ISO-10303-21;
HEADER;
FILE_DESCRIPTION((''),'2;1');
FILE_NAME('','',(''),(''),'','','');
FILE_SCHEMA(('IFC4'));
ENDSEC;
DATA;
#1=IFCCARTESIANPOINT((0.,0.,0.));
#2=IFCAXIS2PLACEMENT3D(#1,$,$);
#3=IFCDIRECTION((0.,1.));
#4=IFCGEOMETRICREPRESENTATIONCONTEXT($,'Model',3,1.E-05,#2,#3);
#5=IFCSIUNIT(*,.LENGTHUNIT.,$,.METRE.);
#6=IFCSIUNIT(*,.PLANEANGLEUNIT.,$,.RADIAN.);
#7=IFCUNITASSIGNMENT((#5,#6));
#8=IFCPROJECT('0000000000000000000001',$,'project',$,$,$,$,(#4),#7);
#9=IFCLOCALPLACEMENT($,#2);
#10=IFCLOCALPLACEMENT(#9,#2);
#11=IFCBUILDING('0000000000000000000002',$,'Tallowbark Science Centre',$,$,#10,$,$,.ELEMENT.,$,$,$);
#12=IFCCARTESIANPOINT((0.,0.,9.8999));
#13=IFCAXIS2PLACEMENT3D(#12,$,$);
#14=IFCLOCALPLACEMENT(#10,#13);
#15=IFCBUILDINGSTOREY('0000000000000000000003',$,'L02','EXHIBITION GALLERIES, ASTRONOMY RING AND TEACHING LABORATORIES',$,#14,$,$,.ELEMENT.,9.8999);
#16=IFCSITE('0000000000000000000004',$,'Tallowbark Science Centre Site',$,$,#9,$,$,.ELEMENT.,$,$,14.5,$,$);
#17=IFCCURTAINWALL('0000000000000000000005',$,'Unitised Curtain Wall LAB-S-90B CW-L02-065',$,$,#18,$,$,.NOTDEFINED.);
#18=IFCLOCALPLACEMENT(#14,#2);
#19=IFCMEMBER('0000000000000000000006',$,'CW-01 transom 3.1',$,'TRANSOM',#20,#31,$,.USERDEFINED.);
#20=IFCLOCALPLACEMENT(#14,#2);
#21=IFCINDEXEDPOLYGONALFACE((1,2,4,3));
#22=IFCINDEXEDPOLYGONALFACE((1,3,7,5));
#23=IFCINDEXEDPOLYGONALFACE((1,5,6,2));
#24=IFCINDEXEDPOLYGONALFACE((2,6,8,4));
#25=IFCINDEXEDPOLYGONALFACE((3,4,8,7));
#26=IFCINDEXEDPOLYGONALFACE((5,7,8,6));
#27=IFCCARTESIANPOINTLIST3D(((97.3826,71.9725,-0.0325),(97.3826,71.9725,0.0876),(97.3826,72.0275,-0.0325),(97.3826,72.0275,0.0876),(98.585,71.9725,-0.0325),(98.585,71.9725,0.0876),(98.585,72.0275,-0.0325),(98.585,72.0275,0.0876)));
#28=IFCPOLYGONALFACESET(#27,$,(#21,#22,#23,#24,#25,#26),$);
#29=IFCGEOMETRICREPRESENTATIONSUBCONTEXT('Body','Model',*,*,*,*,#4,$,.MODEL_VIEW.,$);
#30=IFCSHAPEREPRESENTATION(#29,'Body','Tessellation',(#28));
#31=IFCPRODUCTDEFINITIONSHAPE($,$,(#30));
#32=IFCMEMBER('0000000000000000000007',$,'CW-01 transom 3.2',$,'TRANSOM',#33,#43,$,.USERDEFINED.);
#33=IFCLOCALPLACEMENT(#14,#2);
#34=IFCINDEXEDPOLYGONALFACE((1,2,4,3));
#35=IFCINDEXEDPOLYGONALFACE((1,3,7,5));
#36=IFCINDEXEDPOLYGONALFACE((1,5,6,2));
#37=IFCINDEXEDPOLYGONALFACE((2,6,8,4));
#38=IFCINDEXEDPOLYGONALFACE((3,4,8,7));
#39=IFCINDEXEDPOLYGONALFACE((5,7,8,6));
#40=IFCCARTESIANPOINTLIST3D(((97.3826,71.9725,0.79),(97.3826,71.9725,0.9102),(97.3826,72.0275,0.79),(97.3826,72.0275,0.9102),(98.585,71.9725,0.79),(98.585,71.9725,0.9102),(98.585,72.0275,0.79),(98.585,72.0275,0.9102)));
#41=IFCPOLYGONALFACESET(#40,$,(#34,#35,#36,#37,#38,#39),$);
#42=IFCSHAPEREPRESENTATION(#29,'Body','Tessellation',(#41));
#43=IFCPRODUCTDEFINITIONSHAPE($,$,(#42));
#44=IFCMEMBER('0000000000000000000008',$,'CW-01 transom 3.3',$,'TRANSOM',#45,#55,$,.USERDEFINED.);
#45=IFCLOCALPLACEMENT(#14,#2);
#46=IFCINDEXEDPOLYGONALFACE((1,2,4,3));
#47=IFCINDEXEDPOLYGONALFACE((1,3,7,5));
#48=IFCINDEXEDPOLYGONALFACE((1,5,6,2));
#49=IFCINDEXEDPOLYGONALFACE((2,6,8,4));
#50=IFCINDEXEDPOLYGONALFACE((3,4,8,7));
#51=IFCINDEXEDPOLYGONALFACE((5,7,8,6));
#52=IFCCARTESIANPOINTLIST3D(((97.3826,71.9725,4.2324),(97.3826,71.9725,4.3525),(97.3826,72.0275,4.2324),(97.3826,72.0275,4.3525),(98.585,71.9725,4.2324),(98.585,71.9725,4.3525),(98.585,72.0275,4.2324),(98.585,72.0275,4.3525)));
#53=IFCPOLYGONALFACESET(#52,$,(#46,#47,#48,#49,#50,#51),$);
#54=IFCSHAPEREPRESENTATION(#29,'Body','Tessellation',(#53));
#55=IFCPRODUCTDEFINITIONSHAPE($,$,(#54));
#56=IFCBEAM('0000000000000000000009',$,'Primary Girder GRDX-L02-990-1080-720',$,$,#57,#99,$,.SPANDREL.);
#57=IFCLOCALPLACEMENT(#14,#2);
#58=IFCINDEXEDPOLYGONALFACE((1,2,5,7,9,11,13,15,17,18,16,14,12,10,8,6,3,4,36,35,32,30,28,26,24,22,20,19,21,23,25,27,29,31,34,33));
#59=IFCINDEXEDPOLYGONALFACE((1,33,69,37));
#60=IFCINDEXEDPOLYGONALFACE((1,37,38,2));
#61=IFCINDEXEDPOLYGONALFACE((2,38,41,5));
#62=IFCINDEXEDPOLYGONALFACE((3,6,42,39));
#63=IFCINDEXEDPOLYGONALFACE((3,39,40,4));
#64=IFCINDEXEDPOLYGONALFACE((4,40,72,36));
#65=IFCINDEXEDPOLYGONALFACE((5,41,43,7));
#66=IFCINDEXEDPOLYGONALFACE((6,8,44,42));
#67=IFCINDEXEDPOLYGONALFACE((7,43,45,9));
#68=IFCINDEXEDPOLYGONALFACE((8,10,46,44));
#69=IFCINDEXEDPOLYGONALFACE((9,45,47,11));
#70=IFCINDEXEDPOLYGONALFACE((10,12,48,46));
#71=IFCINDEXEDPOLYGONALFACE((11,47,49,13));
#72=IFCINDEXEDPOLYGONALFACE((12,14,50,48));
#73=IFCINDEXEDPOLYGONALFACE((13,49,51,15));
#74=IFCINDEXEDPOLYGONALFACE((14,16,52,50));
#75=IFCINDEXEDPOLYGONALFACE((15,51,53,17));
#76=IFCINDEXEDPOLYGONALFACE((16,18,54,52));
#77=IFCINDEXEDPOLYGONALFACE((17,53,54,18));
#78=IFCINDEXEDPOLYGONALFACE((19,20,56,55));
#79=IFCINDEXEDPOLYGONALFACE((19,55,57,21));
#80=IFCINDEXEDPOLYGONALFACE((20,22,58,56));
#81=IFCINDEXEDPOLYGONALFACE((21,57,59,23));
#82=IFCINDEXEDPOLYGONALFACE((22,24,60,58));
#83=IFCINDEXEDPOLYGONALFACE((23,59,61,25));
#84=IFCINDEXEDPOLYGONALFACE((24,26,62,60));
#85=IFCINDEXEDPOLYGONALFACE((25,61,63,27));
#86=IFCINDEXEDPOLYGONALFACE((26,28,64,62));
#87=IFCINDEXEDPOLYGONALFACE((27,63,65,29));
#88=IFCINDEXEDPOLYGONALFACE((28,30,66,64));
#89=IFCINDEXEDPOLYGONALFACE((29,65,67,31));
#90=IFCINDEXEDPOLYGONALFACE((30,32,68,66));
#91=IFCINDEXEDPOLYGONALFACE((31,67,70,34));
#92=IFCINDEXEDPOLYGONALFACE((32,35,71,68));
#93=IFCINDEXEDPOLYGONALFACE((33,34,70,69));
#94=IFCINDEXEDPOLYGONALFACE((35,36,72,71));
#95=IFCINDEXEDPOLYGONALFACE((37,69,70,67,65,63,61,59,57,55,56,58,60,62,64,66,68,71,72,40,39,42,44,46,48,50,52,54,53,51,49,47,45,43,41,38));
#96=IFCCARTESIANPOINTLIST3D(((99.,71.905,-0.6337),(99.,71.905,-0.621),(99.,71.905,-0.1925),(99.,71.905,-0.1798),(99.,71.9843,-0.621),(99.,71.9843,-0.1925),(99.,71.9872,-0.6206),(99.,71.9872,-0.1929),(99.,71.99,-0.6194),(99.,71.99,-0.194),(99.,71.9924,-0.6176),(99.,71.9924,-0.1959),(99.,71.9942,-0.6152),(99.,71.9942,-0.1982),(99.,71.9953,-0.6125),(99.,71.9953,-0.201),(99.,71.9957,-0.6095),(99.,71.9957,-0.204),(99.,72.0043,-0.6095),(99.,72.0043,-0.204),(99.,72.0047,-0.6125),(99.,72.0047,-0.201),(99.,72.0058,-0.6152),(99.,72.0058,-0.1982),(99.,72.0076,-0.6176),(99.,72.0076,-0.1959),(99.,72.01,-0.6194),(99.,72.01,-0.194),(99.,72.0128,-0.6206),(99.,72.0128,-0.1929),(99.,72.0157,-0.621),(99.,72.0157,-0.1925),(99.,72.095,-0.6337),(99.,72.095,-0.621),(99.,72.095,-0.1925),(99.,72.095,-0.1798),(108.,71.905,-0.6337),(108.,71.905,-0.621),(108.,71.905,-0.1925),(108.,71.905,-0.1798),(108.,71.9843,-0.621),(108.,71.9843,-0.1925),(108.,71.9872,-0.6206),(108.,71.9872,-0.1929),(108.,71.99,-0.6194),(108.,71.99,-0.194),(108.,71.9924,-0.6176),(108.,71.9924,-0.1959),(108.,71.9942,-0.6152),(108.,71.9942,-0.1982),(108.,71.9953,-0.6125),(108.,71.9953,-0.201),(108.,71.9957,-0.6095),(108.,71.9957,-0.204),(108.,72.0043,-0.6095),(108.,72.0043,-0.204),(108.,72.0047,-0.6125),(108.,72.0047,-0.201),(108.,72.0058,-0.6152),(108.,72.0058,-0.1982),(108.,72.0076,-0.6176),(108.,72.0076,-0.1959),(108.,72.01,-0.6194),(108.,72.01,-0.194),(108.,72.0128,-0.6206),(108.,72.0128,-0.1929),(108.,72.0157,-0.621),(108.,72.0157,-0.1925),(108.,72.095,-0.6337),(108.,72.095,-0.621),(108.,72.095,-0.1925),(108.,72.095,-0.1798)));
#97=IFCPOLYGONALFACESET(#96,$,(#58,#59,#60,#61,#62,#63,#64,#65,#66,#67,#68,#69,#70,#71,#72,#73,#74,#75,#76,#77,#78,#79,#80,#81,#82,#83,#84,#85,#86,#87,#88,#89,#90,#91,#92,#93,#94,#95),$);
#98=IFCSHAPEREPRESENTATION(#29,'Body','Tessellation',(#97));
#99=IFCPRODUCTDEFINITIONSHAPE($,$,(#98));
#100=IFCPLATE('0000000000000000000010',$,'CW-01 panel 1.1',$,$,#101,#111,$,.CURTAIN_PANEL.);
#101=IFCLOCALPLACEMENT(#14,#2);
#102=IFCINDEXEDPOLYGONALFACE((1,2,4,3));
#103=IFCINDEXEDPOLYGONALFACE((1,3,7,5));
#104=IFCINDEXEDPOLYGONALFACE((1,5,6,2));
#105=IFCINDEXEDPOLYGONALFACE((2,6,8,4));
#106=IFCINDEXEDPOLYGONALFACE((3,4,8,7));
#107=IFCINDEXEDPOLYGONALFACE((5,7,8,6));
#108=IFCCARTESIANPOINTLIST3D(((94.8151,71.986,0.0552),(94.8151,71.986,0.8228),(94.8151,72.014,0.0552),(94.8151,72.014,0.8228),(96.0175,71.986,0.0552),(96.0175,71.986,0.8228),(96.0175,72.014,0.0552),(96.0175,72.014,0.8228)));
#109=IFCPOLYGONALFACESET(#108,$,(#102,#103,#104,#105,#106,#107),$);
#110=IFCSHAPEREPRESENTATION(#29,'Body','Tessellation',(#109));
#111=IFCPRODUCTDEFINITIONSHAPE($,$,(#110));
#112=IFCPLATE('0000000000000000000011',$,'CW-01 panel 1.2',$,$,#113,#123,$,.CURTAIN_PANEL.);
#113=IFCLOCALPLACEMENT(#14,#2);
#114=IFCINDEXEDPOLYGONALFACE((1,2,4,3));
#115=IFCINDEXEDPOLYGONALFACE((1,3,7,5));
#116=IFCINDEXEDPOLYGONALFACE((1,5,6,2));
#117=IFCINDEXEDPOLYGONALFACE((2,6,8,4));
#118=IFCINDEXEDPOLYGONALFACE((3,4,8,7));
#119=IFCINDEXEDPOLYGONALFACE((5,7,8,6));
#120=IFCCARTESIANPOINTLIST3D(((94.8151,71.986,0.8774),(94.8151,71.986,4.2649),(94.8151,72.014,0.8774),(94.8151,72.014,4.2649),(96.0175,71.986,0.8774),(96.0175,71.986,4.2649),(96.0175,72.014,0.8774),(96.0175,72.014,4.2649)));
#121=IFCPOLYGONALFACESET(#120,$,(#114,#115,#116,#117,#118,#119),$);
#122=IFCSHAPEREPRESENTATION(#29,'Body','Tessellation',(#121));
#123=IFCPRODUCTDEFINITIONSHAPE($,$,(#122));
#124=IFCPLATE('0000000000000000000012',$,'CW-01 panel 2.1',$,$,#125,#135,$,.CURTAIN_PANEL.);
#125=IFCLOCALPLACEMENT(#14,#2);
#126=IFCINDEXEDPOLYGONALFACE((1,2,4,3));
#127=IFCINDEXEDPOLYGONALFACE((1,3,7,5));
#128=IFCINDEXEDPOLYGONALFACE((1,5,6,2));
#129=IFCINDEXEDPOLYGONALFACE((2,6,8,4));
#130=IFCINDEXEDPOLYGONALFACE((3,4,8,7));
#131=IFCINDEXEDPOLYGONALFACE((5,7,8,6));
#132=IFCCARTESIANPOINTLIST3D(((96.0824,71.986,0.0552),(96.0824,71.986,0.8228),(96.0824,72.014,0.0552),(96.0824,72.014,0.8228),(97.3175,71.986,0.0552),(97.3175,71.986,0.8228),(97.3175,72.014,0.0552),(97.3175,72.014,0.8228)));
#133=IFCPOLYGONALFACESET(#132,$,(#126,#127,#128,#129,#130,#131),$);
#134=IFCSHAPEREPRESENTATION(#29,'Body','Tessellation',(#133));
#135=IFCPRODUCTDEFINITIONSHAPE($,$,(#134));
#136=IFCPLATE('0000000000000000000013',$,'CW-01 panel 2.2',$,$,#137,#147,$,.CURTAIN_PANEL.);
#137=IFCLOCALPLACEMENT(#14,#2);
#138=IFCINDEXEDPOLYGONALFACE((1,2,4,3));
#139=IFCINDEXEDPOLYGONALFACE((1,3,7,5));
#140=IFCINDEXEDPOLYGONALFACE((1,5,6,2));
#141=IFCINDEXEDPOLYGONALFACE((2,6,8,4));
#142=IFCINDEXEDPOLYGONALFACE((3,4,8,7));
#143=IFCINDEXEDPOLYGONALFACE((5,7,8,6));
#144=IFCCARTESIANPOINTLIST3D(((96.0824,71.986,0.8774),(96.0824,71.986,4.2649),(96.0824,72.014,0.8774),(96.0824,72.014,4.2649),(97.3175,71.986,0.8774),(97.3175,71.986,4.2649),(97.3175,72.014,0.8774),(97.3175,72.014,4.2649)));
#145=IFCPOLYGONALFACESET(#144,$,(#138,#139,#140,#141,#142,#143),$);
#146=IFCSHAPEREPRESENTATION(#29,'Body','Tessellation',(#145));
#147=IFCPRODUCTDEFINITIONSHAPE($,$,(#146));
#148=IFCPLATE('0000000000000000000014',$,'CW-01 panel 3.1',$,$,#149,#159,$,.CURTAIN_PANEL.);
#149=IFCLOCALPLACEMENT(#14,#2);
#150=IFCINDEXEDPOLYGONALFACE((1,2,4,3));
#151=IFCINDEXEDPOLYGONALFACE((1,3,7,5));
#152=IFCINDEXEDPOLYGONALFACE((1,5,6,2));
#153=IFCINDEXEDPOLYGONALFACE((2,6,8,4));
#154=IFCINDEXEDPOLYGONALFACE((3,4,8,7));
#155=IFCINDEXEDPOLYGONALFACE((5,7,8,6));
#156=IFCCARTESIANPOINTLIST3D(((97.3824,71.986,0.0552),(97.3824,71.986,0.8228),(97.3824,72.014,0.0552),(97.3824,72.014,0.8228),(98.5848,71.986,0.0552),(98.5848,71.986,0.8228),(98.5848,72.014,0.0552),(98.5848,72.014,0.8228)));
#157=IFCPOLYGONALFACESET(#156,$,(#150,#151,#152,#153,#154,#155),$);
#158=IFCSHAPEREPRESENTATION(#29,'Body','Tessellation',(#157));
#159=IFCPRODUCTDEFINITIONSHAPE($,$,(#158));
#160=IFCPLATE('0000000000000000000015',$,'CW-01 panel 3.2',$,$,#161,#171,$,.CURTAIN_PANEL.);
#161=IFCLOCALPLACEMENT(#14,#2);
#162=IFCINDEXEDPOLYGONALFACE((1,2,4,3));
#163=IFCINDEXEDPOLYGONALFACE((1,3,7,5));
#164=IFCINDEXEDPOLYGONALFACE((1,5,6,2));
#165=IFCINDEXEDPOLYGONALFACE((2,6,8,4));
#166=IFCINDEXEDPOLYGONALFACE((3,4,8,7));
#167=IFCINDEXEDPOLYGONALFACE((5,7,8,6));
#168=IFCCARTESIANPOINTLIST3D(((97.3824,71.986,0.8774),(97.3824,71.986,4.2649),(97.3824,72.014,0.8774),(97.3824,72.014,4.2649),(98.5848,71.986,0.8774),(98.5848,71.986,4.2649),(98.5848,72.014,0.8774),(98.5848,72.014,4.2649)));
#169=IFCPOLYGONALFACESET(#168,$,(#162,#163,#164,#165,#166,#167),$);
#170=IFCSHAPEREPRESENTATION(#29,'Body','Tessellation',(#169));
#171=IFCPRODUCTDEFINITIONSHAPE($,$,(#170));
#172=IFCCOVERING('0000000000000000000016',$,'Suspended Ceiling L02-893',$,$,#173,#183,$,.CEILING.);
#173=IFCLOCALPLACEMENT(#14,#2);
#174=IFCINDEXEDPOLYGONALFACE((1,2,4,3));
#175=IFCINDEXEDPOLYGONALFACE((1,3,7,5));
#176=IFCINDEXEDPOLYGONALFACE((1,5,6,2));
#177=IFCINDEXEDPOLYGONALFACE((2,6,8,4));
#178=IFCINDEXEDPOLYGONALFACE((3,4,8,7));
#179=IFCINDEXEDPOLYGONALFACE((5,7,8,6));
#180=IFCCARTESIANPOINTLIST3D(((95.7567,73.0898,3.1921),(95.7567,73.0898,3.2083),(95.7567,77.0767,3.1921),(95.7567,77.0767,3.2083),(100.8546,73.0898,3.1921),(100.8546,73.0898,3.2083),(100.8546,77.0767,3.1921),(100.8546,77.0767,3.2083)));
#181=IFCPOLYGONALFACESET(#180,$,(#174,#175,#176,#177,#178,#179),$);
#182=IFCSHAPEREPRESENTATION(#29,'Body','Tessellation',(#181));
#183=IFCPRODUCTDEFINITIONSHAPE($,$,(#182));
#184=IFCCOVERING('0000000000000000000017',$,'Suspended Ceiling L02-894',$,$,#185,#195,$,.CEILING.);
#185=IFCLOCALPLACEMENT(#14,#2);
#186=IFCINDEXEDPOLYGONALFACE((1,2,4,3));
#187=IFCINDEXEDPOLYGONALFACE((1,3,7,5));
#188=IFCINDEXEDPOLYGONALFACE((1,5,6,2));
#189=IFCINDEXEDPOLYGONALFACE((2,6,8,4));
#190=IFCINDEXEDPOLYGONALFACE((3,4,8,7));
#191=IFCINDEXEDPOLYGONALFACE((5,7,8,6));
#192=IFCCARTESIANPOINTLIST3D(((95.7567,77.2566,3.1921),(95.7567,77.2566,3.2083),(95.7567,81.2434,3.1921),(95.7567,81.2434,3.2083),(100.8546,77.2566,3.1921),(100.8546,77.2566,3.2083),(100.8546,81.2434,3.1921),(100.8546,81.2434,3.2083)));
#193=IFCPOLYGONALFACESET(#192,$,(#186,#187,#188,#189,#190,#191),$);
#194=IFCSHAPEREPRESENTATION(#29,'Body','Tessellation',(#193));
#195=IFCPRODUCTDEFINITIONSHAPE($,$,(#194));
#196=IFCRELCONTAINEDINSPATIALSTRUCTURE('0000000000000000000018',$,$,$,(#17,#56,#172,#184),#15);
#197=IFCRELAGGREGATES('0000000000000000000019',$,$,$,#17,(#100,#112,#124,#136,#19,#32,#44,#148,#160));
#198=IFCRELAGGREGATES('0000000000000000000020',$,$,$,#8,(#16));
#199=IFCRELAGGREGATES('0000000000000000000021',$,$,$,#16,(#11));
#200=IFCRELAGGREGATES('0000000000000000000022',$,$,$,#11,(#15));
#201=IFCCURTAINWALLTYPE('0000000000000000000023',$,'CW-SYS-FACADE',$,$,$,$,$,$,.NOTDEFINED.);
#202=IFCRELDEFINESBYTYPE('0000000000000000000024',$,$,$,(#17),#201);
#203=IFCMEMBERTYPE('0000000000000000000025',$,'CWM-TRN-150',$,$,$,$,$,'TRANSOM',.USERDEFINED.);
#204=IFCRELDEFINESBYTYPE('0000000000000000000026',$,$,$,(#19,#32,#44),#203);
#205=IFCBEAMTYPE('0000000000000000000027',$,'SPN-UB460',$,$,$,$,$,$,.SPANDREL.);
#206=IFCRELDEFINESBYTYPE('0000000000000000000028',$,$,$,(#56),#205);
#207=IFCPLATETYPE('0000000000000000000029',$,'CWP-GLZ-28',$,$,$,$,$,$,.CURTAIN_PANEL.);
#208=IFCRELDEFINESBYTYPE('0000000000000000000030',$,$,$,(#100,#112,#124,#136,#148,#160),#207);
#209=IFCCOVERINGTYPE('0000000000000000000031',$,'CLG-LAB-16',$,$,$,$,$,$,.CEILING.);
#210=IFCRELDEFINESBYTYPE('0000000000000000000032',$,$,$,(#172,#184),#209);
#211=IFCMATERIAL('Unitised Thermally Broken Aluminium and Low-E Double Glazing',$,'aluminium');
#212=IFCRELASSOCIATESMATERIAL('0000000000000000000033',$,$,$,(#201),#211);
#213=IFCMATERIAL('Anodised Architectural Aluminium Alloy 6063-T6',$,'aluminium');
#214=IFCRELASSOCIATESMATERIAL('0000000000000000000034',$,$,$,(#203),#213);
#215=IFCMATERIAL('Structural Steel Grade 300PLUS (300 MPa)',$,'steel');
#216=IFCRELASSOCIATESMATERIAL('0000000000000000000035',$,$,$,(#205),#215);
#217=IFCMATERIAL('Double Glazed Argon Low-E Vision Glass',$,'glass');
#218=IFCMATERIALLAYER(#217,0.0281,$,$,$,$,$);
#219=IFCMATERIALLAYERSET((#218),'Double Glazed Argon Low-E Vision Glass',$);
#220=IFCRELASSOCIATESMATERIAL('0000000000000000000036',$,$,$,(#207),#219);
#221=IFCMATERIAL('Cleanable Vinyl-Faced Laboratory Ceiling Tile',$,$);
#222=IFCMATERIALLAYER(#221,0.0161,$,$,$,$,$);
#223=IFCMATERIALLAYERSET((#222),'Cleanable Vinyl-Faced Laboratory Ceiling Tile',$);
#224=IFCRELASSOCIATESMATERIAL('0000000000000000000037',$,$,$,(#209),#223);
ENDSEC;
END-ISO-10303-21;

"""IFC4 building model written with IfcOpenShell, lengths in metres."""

from ifc_helpers import new_model, si_unit, direction, frame, origin, origin_2d, place, context, subcontext, project, spatial, rectangle, i_section, extrude, material, layer, layer_set, material_profile, profile_set, type_object, element, aggregate, save


model = new_model("IFC4")

# Units and contexts
model_context = context("Model", 3, precision=1e-05, world=origin(), true_north=direction((0.0, 1.0)))
body_context = subcontext(model_context, "Body", "Model", "MODEL_VIEW")
ifc_project = project(units=[si_unit("LENGTHUNIT", "METRE"), si_unit("PLANEANGLEUNIT", "RADIAN")], contexts=[model_context])

# Site, building, storey
site_placement = place(None, origin())
site = spatial("IfcSite", under=ifc_project, at=site_placement, Name="Tallowbark Science Centre Site", CompositionType="ELEMENT", RefElevation=14.5)
building_placement = place(site_placement, origin())
building = spatial("IfcBuilding", under=site, at=building_placement, Name="Tallowbark Science Centre", CompositionType="ELEMENT")
storey_placement = place(building_placement, frame((0.0, 0.0, 9.8999)))
storey = spatial("IfcBuildingStorey", under=building, at=storey_placement, Name="L02", Description="EXHIBITION GALLERIES, ASTRONOMY RING AND TEACHING LABORATORIES", CompositionType="ELEMENT", Elevation=9.8999)

# Shared definitions
ifc_material_1 = material(Name="Structural Steel Grade 300PLUS (300 MPa)", Category="steel")

# Curtain wall, members
ifc_material_2 = material(Name="Unitised Thermally Broken Aluminium and Low-E Double Glazing", Category="aluminium")
curtain_wall_type = type_object("IfcCurtainWallType", Name="CW-SYS-FACADE", PredefinedType="NOTDEFINED", material=ifc_material_2)
curtain_wall_placement = place(storey_placement, origin())
curtain_wall = element("IfcCurtainWall", 1, at=curtain_wall_placement, inside=storey, type_object=curtain_wall_type, Name="Unitised Curtain Wall LAB-S-90B CW-L02-065", PredefinedType="NOTDEFINED")
ifc_material_3 = material(Name="Anodised Architectural Aluminium Alloy 6063-T6", Category="aluminium")
ifc_material_profile_1 = material_profile(ifc_material_3, rectangle(XDim=0.0549, YDim=0.1201, at=origin_2d()), Name="ALU55x120")
ifc_profile_set_1 = profile_set([ifc_material_profile_1], Name="Anodised Architectural Aluminium Alloy 6063-T6")
member_type_1 = type_object("IfcMemberType", Name="CWM-TRN-150", ElementType="TRANSOM", PredefinedType="USERDEFINED", material=ifc_profile_set_1)
member_1_placement = place(storey_placement, frame((97.3826, 72.0, 0.0276), z_axis=(1.0, 0.0, 0.0), x_axis=(0.0, 1.0, 0.0)))
member_1 = element("IfcMember", 2, at=member_1_placement, type_object=member_type_1, Name="CW-01 transom 3.1", ObjectType="TRANSOM", PredefinedType="USERDEFINED", context=body_context, shape_type="SweptSolid", body=[
    extrude(rectangle(XDim=0.0549, YDim=0.1201, at=origin_2d()), origin(), (0.0, 0.0, 1.0), 1.2024),
])
member_2_placement = place(storey_placement, frame((97.3826, 72.0, 0.8501), z_axis=(1.0, 0.0, 0.0), x_axis=(0.0, 1.0, 0.0)))
member_2 = element("IfcMember", 3, at=member_2_placement, type_object=member_type_1, Name="CW-01 transom 3.2", ObjectType="TRANSOM", PredefinedType="USERDEFINED", context=body_context, shape_type="SweptSolid", body=[
    extrude(rectangle(XDim=0.0549, YDim=0.1201, at=origin_2d()), origin(), (0.0, 0.0, 1.0), 1.2024),
])
member_3_placement = place(storey_placement, frame((97.3826, 72.0, 4.2925), z_axis=(1.0, 0.0, 0.0), x_axis=(0.0, 1.0, 0.0)))
member_3 = element("IfcMember", 4, at=member_3_placement, type_object=member_type_1, Name="CW-01 transom 3.3", ObjectType="TRANSOM", PredefinedType="USERDEFINED", context=body_context, shape_type="SweptSolid", body=[
    extrude(rectangle(XDim=0.0549, YDim=0.1201, at=origin_2d()), origin(), (0.0, 0.0, 1.0), 1.2024),
])

# Beam
ifc_material_profile_2 = material_profile(ifc_material_1, i_section(OverallWidth=0.1899, OverallDepth=0.4539, WebThickness=0.0085, FlangeThickness=0.0127, FilletRadius=0.0115, at=origin_2d()), Name="460UB67.1")
ifc_profile_set_2 = profile_set([ifc_material_profile_2], Name="Structural Steel Grade 300PLUS (300 MPa)")
beam_type_1 = type_object("IfcBeamType", Name="SPN-UB460", PredefinedType="SPANDREL", material=ifc_profile_set_2)
beam_1_placement = place(storey_placement, frame((99.0, 72.0, -0.4067), z_axis=(1.0, 0.0, 0.0), x_axis=(0.0, 1.0, 0.0)))
element("IfcBeam", 5, at=beam_1_placement, inside=storey, type_object=beam_type_1, Name="Primary Girder GRDX-L02-990-1080-720", PredefinedType="SPANDREL", context=body_context, shape_type="SweptSolid", body=[
    extrude(i_section(OverallWidth=0.1899, OverallDepth=0.4539, WebThickness=0.0085, FlangeThickness=0.0127, FilletRadius=0.0115, at=origin_2d()), origin(), (0.0, 0.0, 1.0), 9.0),
])

# Plates
ifc_material_4 = material(Name="Double Glazed Argon Low-E Vision Glass", Category="glass")
ifc_layer_1 = layer(ifc_material_4, 0.0281)
ifc_layer_set_1 = layer_set([ifc_layer_1], Name="Double Glazed Argon Low-E Vision Glass")
plate_type = type_object("IfcPlateType", Name="CWP-GLZ-28", PredefinedType="CURTAIN_PANEL", material=ifc_layer_set_1)
plate_1_placement = place(storey_placement, frame((95.4163, 72.0, 0.0552), z_axis=(0.0, 0.0, 1.0), x_axis=(1.0, 0.0, 0.0)))
plate_1 = element("IfcPlate", 6, at=plate_1_placement, type_object=plate_type, Name="CW-01 panel 1.1", PredefinedType="CURTAIN_PANEL", context=body_context, shape_type="SweptSolid", body=[
    extrude(rectangle(XDim=1.2024, YDim=0.0281, at=origin_2d()), origin(), (0.0, 0.0, 1.0), 0.7676),
])
plate_2_placement = place(storey_placement, frame((95.4163, 72.0, 0.8774), z_axis=(0.0, 0.0, 1.0), x_axis=(1.0, 0.0, 0.0)))
plate_2 = element("IfcPlate", 7, at=plate_2_placement, type_object=plate_type, Name="CW-01 panel 1.2", PredefinedType="CURTAIN_PANEL", context=body_context, shape_type="SweptSolid", body=[
    extrude(rectangle(XDim=1.2024, YDim=0.0281, at=origin_2d()), origin(), (0.0, 0.0, 1.0), 3.3875),
])
plate_3_placement = place(storey_placement, frame((96.7, 72.0, 0.0552), z_axis=(0.0, 0.0, 1.0), x_axis=(1.0, 0.0, 0.0)))
plate_3 = element("IfcPlate", 8, at=plate_3_placement, type_object=plate_type, Name="CW-01 panel 2.1", PredefinedType="CURTAIN_PANEL", context=body_context, shape_type="SweptSolid", body=[
    extrude(rectangle(XDim=1.2351, YDim=0.0281, at=origin_2d()), origin(), (0.0, 0.0, 1.0), 0.7676),
])
plate_4_placement = place(storey_placement, frame((96.7, 72.0, 0.8774), z_axis=(0.0, 0.0, 1.0), x_axis=(1.0, 0.0, 0.0)))
plate_4 = element("IfcPlate", 9, at=plate_4_placement, type_object=plate_type, Name="CW-01 panel 2.2", PredefinedType="CURTAIN_PANEL", context=body_context, shape_type="SweptSolid", body=[
    extrude(rectangle(XDim=1.2351, YDim=0.0281, at=origin_2d()), origin(), (0.0, 0.0, 1.0), 3.3875),
])
plate_5_placement = place(storey_placement, frame((97.9836, 72.0, 0.0552), z_axis=(0.0, 0.0, 1.0), x_axis=(1.0, 0.0, 0.0)))
plate_5 = element("IfcPlate", 10, at=plate_5_placement, type_object=plate_type, Name="CW-01 panel 3.1", PredefinedType="CURTAIN_PANEL", context=body_context, shape_type="SweptSolid", body=[
    extrude(rectangle(XDim=1.2024, YDim=0.0281, at=origin_2d()), origin(), (0.0, 0.0, 1.0), 0.7676),
])
plate_6_placement = place(storey_placement, frame((97.9836, 72.0, 0.8774), z_axis=(0.0, 0.0, 1.0), x_axis=(1.0, 0.0, 0.0)))
plate_6 = element("IfcPlate", 11, at=plate_6_placement, type_object=plate_type, Name="CW-01 panel 3.2", PredefinedType="CURTAIN_PANEL", context=body_context, shape_type="SweptSolid", body=[
    extrude(rectangle(XDim=1.2024, YDim=0.0281, at=origin_2d()), origin(), (0.0, 0.0, 1.0), 3.3875),
])
aggregate(curtain_wall, [plate_1, plate_2, plate_3, plate_4, member_1, member_2, member_3, plate_5, plate_6])

# Coverings
ifc_material_5 = material(Name="Cleanable Vinyl-Faced Laboratory Ceiling Tile")
ifc_layer_2 = layer(ifc_material_5, 0.0161)
ifc_layer_set_2 = layer_set([ifc_layer_2], Name="Cleanable Vinyl-Faced Laboratory Ceiling Tile")
covering_type_1 = type_object("IfcCoveringType", Name="CLG-LAB-16", PredefinedType="CEILING", material=ifc_layer_set_2)
for number, where, z_axis, x_axis, name in (
    (12, (98.3057, 75.0833, 3.1921), (0.0, 0.0, 1.0), (1.0, 0.0, 0.0), "Suspended Ceiling L02-893"),
    (13, (98.3057, 79.25, 3.1921), (0.0, 0.0, 1.0), (1.0, 0.0, 0.0), "Suspended Ceiling L02-894"),
):
    element("IfcCovering", number, at=place(storey_placement, frame(where, z_axis=z_axis, x_axis=x_axis)), inside=storey, type_object=covering_type_1, Name=name, PredefinedType="CEILING", context=body_context, shape_type="SweptSolid", body=[
        extrude(rectangle(XDim=5.0979, YDim=3.9868, at=origin_2d()), origin(), (0.0, 0.0, 1.0), 0.0161),
    ])

save(model, "model.ifc")
